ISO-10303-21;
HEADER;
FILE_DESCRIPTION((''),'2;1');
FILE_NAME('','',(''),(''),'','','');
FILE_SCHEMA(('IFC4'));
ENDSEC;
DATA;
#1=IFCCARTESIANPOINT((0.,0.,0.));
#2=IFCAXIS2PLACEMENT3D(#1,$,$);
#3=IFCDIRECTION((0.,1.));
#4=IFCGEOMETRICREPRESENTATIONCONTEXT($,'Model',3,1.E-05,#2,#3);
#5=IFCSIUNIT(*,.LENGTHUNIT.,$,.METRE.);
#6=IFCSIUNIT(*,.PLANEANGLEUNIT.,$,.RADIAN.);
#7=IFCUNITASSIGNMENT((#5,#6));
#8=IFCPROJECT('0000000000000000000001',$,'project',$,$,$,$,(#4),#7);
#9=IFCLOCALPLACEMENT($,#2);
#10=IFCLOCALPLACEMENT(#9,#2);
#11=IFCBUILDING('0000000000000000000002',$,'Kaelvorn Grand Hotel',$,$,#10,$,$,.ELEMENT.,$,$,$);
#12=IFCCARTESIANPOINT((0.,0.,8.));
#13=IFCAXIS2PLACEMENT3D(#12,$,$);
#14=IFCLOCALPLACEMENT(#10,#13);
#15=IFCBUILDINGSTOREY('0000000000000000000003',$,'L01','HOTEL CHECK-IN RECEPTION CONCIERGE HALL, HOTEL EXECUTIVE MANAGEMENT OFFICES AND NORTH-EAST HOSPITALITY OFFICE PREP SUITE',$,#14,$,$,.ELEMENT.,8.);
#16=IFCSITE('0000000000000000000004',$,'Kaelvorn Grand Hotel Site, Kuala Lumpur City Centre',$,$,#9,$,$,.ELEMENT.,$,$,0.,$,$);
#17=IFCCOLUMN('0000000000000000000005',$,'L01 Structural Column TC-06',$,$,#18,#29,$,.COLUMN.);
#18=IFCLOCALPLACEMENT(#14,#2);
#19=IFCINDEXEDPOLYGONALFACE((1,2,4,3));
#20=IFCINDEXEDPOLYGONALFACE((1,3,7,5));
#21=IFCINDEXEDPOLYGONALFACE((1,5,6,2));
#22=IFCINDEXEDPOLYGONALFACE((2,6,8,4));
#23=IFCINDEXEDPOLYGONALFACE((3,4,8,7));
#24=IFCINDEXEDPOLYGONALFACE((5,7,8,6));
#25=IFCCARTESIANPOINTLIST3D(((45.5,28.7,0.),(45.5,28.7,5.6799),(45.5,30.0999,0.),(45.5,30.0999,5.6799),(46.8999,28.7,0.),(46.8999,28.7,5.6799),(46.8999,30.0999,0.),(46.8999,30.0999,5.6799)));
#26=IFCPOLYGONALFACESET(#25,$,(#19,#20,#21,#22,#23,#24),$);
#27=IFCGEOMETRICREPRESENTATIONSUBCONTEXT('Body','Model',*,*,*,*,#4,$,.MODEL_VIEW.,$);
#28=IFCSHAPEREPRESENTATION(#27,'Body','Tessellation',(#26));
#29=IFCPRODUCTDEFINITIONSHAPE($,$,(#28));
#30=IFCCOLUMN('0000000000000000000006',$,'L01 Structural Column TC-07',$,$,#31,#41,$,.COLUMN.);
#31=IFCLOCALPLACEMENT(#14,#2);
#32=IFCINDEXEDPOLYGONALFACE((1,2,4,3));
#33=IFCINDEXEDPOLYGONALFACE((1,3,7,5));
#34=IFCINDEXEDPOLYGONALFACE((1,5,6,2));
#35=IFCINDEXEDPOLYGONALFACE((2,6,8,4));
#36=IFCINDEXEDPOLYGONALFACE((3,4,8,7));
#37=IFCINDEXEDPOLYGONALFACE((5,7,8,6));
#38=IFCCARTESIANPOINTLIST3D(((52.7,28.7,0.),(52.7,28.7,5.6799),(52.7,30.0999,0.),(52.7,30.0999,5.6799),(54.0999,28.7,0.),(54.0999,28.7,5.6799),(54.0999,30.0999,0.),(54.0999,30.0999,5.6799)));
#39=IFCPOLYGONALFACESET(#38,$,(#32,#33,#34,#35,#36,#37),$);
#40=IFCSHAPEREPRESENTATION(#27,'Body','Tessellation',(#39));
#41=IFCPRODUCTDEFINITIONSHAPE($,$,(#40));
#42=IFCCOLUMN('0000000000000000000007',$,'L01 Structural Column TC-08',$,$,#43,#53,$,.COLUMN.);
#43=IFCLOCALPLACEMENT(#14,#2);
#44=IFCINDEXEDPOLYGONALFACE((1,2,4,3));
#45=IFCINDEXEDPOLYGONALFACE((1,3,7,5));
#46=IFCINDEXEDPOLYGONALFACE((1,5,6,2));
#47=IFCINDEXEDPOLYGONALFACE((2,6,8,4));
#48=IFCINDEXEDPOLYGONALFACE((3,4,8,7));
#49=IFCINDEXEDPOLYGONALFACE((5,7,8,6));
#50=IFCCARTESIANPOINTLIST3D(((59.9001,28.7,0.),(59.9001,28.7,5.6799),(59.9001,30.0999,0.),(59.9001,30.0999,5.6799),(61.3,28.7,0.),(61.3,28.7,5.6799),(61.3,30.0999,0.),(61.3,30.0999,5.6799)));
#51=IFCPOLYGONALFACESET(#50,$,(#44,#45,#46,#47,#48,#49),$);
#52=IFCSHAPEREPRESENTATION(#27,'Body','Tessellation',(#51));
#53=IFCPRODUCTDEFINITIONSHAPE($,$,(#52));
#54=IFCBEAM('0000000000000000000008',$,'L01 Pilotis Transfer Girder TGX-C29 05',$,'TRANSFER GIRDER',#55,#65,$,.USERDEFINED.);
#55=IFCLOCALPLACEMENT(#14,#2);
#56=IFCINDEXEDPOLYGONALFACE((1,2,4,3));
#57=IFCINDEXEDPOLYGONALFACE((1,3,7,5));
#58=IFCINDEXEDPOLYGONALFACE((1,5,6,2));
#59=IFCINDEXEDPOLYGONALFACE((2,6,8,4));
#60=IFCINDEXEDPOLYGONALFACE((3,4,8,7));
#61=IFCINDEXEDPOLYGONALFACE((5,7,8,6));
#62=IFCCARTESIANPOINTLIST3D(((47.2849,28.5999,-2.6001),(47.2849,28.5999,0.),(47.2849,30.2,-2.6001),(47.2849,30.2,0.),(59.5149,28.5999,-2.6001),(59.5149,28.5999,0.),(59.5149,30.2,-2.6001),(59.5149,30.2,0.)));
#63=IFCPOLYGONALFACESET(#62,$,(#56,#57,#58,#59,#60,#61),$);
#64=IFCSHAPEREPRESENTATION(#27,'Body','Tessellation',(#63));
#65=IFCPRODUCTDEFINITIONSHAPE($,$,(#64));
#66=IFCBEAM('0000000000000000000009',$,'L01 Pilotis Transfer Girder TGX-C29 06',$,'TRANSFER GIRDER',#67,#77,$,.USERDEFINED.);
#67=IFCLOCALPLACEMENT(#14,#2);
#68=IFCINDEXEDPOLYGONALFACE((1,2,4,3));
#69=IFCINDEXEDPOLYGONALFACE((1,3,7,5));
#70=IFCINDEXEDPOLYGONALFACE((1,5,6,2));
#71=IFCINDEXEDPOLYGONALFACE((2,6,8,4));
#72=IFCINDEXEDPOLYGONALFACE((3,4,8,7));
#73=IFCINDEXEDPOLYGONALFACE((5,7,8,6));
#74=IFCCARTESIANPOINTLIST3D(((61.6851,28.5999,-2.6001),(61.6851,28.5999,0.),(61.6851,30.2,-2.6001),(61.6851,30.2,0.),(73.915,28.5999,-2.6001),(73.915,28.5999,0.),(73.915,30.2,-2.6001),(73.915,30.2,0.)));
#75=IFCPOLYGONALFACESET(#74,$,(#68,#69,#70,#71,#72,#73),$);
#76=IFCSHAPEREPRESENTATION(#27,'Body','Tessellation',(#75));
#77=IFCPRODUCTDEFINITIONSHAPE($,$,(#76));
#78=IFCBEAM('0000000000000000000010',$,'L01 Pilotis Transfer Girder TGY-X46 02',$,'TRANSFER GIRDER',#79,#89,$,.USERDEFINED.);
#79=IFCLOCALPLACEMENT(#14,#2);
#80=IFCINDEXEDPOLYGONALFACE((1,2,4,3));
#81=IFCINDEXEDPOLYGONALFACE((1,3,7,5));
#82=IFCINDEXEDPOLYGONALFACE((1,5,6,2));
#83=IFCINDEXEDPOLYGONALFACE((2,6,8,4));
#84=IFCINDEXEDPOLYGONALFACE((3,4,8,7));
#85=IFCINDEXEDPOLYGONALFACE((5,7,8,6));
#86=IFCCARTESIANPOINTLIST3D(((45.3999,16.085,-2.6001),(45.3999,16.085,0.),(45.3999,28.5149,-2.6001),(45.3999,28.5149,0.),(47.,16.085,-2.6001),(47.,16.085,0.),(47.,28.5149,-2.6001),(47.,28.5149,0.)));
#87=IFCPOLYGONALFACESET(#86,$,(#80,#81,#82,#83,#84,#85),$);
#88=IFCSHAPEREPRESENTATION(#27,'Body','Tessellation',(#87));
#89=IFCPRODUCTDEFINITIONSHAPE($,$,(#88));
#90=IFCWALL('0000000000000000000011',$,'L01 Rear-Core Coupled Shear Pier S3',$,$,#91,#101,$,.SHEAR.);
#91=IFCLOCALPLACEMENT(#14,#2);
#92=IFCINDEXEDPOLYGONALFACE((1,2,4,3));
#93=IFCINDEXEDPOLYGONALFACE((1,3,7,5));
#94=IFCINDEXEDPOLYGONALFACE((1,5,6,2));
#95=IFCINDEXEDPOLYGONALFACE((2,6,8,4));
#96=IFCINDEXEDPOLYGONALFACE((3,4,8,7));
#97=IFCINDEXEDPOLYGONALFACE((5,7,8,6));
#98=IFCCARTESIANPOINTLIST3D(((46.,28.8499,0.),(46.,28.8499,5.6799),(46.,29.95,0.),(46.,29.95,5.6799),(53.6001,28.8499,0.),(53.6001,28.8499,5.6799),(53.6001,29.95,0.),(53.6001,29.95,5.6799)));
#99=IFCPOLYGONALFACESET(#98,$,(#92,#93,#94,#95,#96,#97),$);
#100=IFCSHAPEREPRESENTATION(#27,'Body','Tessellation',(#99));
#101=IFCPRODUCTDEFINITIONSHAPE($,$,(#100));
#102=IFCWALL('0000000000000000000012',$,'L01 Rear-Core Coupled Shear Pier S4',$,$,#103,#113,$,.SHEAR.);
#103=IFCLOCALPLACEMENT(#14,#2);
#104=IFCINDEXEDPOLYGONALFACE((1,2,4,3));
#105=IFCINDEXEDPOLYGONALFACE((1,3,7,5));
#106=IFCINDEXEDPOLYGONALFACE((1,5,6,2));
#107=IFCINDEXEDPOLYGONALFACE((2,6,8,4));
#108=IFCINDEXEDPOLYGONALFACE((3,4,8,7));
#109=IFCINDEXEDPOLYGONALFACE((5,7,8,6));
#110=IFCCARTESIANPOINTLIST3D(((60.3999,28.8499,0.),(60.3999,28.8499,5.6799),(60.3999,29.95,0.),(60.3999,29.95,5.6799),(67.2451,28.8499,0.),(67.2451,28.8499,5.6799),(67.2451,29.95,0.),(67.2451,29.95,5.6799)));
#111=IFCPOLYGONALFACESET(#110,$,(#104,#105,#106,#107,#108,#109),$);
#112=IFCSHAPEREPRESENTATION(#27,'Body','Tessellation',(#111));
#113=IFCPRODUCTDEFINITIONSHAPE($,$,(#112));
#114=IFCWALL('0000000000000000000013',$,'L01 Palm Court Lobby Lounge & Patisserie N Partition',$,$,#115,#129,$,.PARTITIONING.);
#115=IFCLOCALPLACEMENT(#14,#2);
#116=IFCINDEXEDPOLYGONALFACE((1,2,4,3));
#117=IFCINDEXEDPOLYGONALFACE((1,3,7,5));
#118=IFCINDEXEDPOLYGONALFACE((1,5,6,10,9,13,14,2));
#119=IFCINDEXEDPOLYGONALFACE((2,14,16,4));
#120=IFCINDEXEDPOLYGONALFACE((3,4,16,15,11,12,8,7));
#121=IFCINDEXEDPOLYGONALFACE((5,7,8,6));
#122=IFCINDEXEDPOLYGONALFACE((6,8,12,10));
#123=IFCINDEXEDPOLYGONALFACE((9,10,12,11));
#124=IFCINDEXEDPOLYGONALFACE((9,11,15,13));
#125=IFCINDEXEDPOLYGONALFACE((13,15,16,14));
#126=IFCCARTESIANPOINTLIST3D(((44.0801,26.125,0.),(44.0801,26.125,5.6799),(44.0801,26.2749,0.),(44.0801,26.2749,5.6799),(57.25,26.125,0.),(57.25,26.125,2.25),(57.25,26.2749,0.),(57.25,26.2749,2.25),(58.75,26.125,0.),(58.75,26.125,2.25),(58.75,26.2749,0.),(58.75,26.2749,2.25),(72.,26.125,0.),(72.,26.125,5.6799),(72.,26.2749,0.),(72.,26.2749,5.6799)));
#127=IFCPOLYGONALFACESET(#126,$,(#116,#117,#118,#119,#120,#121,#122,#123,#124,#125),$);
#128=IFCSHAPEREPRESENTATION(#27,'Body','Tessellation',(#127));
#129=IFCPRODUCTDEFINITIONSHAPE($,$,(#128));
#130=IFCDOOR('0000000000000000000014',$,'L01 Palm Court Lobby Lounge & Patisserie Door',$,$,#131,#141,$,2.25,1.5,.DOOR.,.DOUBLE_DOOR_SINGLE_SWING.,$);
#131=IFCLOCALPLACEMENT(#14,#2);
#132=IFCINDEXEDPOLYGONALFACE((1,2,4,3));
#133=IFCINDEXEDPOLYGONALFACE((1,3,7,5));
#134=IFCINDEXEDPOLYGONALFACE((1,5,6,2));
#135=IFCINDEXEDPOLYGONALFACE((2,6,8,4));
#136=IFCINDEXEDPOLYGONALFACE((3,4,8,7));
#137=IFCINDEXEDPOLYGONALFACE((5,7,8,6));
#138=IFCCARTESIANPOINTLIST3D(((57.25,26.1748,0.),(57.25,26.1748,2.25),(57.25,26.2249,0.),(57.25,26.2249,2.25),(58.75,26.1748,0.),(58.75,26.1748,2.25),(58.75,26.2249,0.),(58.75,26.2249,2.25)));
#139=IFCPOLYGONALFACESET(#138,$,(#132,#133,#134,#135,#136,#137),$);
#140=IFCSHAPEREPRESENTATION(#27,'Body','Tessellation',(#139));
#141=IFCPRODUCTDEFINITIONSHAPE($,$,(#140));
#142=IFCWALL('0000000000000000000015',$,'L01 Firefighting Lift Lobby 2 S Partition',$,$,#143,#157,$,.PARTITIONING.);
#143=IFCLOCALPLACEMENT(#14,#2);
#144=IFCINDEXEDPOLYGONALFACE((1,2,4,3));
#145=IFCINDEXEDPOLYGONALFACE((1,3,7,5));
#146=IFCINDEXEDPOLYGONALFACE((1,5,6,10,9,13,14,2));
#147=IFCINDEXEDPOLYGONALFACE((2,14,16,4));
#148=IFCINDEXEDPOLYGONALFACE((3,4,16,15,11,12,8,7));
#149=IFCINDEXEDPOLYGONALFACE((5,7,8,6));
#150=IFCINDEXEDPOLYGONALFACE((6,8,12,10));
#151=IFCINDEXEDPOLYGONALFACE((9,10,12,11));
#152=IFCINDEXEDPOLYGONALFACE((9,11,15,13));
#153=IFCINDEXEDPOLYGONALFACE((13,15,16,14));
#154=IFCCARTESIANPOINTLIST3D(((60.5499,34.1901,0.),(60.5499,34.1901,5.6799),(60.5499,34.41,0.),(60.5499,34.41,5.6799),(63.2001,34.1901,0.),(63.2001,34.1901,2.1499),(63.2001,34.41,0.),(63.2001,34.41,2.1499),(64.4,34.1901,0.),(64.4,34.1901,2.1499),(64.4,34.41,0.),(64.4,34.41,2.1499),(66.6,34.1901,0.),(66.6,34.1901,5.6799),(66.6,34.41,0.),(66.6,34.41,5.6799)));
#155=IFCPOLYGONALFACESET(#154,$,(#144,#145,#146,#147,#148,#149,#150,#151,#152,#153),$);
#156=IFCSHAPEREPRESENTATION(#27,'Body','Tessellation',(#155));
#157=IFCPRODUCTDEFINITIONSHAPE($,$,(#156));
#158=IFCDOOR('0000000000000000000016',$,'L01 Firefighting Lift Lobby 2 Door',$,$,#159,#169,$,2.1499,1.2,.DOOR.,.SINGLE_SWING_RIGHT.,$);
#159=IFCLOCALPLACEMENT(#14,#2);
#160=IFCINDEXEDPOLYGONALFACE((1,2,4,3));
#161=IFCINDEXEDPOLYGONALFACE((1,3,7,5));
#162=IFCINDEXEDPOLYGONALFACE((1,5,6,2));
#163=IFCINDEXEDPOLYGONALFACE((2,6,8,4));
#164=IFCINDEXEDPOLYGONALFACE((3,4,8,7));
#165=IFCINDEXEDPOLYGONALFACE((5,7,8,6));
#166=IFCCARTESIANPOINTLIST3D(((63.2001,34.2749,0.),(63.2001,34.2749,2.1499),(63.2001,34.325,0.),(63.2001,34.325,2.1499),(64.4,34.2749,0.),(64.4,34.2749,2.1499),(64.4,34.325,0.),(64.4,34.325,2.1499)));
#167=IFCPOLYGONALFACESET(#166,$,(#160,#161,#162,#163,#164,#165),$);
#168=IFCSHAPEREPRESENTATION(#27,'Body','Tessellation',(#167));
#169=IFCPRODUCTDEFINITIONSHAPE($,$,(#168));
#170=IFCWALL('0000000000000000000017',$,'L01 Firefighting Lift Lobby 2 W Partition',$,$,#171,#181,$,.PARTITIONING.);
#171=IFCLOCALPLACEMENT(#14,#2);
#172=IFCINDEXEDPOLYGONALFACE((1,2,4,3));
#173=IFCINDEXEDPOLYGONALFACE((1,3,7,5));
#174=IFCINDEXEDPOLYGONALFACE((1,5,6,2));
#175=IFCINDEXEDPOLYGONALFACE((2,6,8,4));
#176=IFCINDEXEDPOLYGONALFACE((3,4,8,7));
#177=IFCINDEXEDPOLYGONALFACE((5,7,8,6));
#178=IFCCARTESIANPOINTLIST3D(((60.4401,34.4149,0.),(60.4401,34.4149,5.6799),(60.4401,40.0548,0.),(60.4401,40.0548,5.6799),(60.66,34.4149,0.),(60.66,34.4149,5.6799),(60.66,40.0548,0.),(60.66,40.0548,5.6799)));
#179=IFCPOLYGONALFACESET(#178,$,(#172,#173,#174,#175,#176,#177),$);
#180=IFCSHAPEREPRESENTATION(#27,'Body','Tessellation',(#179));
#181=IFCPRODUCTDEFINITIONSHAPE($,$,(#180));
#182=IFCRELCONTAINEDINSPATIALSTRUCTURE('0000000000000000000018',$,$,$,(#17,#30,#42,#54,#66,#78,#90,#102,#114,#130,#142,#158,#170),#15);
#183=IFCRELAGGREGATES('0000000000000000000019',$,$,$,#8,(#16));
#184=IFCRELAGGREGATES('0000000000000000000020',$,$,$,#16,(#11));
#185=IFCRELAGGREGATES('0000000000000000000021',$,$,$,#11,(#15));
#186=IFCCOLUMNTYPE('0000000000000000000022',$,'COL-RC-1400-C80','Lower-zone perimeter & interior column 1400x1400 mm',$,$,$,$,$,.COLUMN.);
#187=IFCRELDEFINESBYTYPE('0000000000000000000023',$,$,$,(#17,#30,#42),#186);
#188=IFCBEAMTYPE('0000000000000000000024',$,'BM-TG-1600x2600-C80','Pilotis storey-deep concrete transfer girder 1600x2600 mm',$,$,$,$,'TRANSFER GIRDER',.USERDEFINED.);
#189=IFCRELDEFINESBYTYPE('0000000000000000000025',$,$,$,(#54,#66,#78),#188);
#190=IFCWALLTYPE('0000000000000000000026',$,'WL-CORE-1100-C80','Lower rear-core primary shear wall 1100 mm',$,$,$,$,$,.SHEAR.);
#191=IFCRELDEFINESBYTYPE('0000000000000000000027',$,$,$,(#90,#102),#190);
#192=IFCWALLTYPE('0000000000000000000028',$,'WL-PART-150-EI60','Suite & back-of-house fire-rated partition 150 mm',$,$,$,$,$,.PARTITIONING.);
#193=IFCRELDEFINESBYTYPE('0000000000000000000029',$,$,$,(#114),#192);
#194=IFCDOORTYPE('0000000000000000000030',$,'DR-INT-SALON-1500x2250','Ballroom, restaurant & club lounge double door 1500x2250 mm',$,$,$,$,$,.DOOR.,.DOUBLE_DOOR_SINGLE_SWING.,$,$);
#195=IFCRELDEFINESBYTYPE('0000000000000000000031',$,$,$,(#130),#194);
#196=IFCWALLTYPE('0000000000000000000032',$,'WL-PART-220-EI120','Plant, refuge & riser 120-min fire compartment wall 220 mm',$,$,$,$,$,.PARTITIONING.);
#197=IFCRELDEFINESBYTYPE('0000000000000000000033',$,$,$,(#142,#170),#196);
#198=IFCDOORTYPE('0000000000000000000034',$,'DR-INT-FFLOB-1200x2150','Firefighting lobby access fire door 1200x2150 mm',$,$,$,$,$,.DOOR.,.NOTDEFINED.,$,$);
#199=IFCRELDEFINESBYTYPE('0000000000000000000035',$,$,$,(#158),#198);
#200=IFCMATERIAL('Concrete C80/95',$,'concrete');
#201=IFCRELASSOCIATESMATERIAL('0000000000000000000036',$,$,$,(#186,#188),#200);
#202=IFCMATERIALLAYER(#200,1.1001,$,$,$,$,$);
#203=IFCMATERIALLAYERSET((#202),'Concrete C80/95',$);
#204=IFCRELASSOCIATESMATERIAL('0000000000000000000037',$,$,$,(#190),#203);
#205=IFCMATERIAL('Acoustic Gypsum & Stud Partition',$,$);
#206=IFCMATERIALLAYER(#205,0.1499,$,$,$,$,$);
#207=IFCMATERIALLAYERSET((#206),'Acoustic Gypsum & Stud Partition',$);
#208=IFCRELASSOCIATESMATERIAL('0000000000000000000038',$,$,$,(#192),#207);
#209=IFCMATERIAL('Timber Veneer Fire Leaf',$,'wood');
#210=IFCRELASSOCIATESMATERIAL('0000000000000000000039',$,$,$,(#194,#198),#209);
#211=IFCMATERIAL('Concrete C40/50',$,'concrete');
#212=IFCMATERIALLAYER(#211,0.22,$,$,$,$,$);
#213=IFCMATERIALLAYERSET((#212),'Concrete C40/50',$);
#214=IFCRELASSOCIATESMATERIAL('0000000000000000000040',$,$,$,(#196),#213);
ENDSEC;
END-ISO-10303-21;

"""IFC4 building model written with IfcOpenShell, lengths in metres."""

from ifc_helpers import new_model, si_unit, direction, frame, frame_2d, origin, origin_2d, place, context, subcontext, project, spatial, rectangle, extrude, material, layer, layer_set, material_profile, profile_set, type_object, element, fill, save


model = new_model("IFC4")

# Units and contexts
model_context = context("Model", 3, precision=1e-05, world=origin(), true_north=direction((0.0, 1.0)))
body_context = subcontext(model_context, "Body", "Model", "MODEL_VIEW")
ifc_project = project(units=[si_unit("LENGTHUNIT", "METRE"), si_unit("PLANEANGLEUNIT", "RADIAN")], contexts=[model_context])

# Site, building, storey
site_placement = place(None, origin())
site = spatial("IfcSite", under=ifc_project, at=site_placement, Name="Kaelvorn Grand Hotel Site, Kuala Lumpur City Centre", CompositionType="ELEMENT", RefElevation=0.0)
building_placement = place(site_placement, origin())
building = spatial("IfcBuilding", under=site, at=building_placement, Name="Kaelvorn Grand Hotel", CompositionType="ELEMENT")
storey_placement = place(building_placement, frame((0.0, 0.0, 8.0)))
storey = spatial("IfcBuildingStorey", under=building, at=storey_placement, Name="L01", Description="HOTEL CHECK-IN RECEPTION CONCIERGE HALL, HOTEL EXECUTIVE MANAGEMENT OFFICES AND NORTH-EAST HOSPITALITY OFFICE PREP SUITE", CompositionType="ELEMENT", Elevation=8.0)

# Columns
ifc_material_1 = material(Name="Concrete C80/95", Category="concrete")
ifc_material_profile_1 = material_profile(ifc_material_1, rectangle(XDim=1.3999, YDim=1.3999, at=origin_2d()), Name="RC COL 1400x1400")
ifc_profile_set_1 = profile_set([ifc_material_profile_1], Name="Concrete C80/95")
column_type = type_object("IfcColumnType", Name="COL-RC-1400-C80", Description="Lower-zone perimeter & interior column 1400x1400 mm", PredefinedType="COLUMN", material=ifc_profile_set_1)
for number, where, z_axis, x_axis, name in (
    (1, (46.2, 29.3999, 0.0), (0.0, 0.0, 1.0), (1.0, 0.0, 0.0), "L01 Structural Column TC-06"),
    (2, (53.3999, 29.3999, 0.0), (0.0, 0.0, 1.0), (1.0, 0.0, 0.0), "L01 Structural Column TC-07"),
    (3, (60.6001, 29.3999, 0.0), (0.0, 0.0, 1.0), (1.0, 0.0, 0.0), "L01 Structural Column TC-08"),
):
    element("IfcColumn", number, at=place(storey_placement, frame(where, z_axis=z_axis, x_axis=x_axis)), inside=storey, type_object=column_type, Name=name, PredefinedType="COLUMN", context=body_context, shape_type="SweptSolid", body=[
        extrude(rectangle(XDim=1.3999, YDim=1.3999, at=origin_2d()), origin(), (0.0, 0.0, 1.0), 5.6799),
    ])

# Beams
ifc_material_profile_2 = material_profile(ifc_material_1, rectangle(XDim=1.6001, YDim=2.6001, at=origin_2d()), Name="RC TG 1600x2600")
ifc_profile_set_2 = profile_set([ifc_material_profile_2], Name="Concrete C80/95")
beam_type = type_object("IfcBeamType", Name="BM-TG-1600x2600-C80", Description="Pilotis storey-deep concrete transfer girder 1600x2600 mm", ElementType="TRANSFER GIRDER", PredefinedType="USERDEFINED", material=ifc_profile_set_2)
for number, where, z_axis, x_axis, name in (
    (4, (47.2849, 29.3999, -1.3), (1.0, 0.0, 0.0), (0.0, 1.0, 0.0), "L01 Pilotis Transfer Girder TGX-C29 05"),
    (5, (61.6851, 29.3999, -1.3), (1.0, 0.0, 0.0), (0.0, 1.0, 0.0), "L01 Pilotis Transfer Girder TGX-C29 06"),
):
    element("IfcBeam", number, at=place(storey_placement, frame(where, z_axis=z_axis, x_axis=x_axis)), inside=storey, type_object=beam_type, Name=name, ObjectType="TRANSFER GIRDER", PredefinedType="USERDEFINED", context=body_context, shape_type="SweptSolid", body=[
        extrude(rectangle(XDim=1.6001, YDim=2.6001, at=origin_2d()), origin(), (0.0, 0.0, 1.0), 12.23),
    ])
beam_placement = place(storey_placement, frame((46.2, 16.085, -1.3), z_axis=(0.0, 1.0, 0.0), x_axis=(-1.0, 0.0, 0.0)))
element("IfcBeam", 6, at=beam_placement, inside=storey, type_object=beam_type, Name="L01 Pilotis Transfer Girder TGY-X46 02", ObjectType="TRANSFER GIRDER", PredefinedType="USERDEFINED", context=body_context, shape_type="SweptSolid", body=[
    extrude(rectangle(XDim=1.6001, YDim=2.6001, at=origin_2d()), origin(), (0.0, 0.0, 1.0), 12.4299),
])

# Walls
ifc_layer_1 = layer(ifc_material_1, 1.1001)
ifc_layer_set_1 = layer_set([ifc_layer_1], Name="Concrete C80/95")
wall_type_1 = type_object("IfcWallType", Name="WL-CORE-1100-C80", Description="Lower rear-core primary shear wall 1100 mm", PredefinedType="SHEAR", material=ifc_layer_set_1)
wall_1_placement = place(storey_placement, frame((46.0, 29.3999, 0.0), z_axis=(0.0, 0.0, 1.0), x_axis=(1.0, 0.0, 0.0)))
element("IfcWall", 7, at=wall_1_placement, inside=storey, type_object=wall_type_1, Name="L01 Rear-Core Coupled Shear Pier S3", PredefinedType="SHEAR", context=body_context, shape_type="SweptSolid", body=[
    extrude(rectangle(XDim=7.6001, YDim=1.1001, at=frame_2d((3.8, 0.0))), origin(), (0.0, 0.0, 1.0), 5.6799),
])
wall_2_placement = place(storey_placement, frame((60.3999, 29.3999, 0.0), z_axis=(0.0, 0.0, 1.0), x_axis=(1.0, 0.0, 0.0)))
element("IfcWall", 8, at=wall_2_placement, inside=storey, type_object=wall_type_1, Name="L01 Rear-Core Coupled Shear Pier S4", PredefinedType="SHEAR", context=body_context, shape_type="SweptSolid", body=[
    extrude(rectangle(XDim=6.8452, YDim=1.1001, at=frame_2d((3.4226, 0.0))), origin(), (0.0, 0.0, 1.0), 5.6799),
])

# Walls, openings, doors
ifc_material_2 = material(Name="Acoustic Gypsum & Stud Partition")
ifc_layer_2 = layer(ifc_material_2, 0.1499)
ifc_layer_set_2 = layer_set([ifc_layer_2], Name="Acoustic Gypsum & Stud Partition")
wall_type_2 = type_object("IfcWallType", Name="WL-PART-150-EI60", Description="Suite & back-of-house fire-rated partition 150 mm", PredefinedType="PARTITIONING", material=ifc_layer_set_2)
wall_3_placement = place(storey_placement, frame((44.0801, 26.2, 0.0), z_axis=(0.0, 0.0, 1.0), x_axis=(1.0, 0.0, 0.0)))
wall_3 = element("IfcWall", 9, at=wall_3_placement, inside=storey, type_object=wall_type_2, Name="L01 Palm Court Lobby Lounge & Patisserie N Partition", PredefinedType="PARTITIONING", context=body_context, shape_type="SweptSolid", body=[
    extrude(rectangle(XDim=27.9199, YDim=0.1499, at=frame_2d((13.96, 0.0))), origin(), (0.0, 0.0, 1.0), 5.6799),
])
opening_1_placement = place(wall_3_placement, frame((13.1699, 0.0, 0.0)))
opening_1 = element("IfcOpeningElement", 10, at=opening_1_placement, cuts=wall_3, PredefinedType="OPENING", context=body_context, shape_type="SweptSolid", body=[
    extrude(rectangle(XDim=1.5, YDim=2.25, at=frame_2d((0.75, 1.125))), frame((0.0, 0.085, 0.0), z_axis=(0.0, -1.0, 0.0), x_axis=(1.0, 0.0, 0.0)), (0.0, 0.0, 1.0), 0.1699),
])
ifc_material_3 = material(Name="Timber Veneer Fire Leaf", Category="wood")
door_type_1 = type_object("IfcDoorType", Name="DR-INT-SALON-1500x2250", Description="Ballroom, restaurant & club lounge double door 1500x2250 mm", OperationType="DOUBLE_DOOR_SINGLE_SWING", PredefinedType="DOOR", material=ifc_material_3)
door_1_placement = place(opening_1_placement, origin())
door_1 = element("IfcDoor", 11, at=door_1_placement, inside=storey, type_object=door_type_1, Name="L01 Palm Court Lobby Lounge & Patisserie Door", OperationType="DOUBLE_DOOR_SINGLE_SWING", OverallHeight=2.25, OverallWidth=1.5, PredefinedType="DOOR", context=body_context, shape_type="SweptSolid", body=[
    extrude(rectangle(XDim=1.5, YDim=2.25, at=frame_2d((0.75, 1.125))), frame((0.0, 0.0249, 0.0), z_axis=(0.0, -1.0, 0.0), x_axis=(1.0, 0.0, 0.0)), (0.0, 0.0, 1.0), 0.05),
])
fill(opening_1, door_1)
ifc_material_4 = material(Name="Concrete C40/50", Category="concrete")
ifc_layer_3 = layer(ifc_material_4, 0.22)
ifc_layer_set_3 = layer_set([ifc_layer_3], Name="Concrete C40/50")
wall_type_3 = type_object("IfcWallType", Name="WL-PART-220-EI120", Description="Plant, refuge & riser 120-min fire compartment wall 220 mm", PredefinedType="PARTITIONING", material=ifc_layer_set_3)
wall_4_placement = place(storey_placement, frame((60.55, 34.3, 0.0), z_axis=(0.0, 0.0, 1.0), x_axis=(1.0, 0.0, 0.0)))
wall_4 = element("IfcWall", 12, at=wall_4_placement, inside=storey, type_object=wall_type_3, Name="L01 Firefighting Lift Lobby 2 S Partition", PredefinedType="PARTITIONING", context=body_context, shape_type="SweptSolid", body=[
    extrude(rectangle(XDim=6.05, YDim=0.22, at=frame_2d((3.0249, 0.0))), origin(), (0.0, 0.0, 1.0), 5.6799),
])
opening_2_placement = place(wall_4_placement, frame((2.6499, 0.0, 0.0)))
opening_2 = element("IfcOpeningElement", 13, at=opening_2_placement, cuts=wall_4, PredefinedType="OPENING", context=body_context, shape_type="SweptSolid", body=[
    extrude(rectangle(XDim=1.2, YDim=2.1499, at=frame_2d((0.6001, 1.075))), frame((0.0, 0.1201, 0.0), z_axis=(0.0, -1.0, 0.0), x_axis=(1.0, 0.0, 0.0)), (0.0, 0.0, 1.0), 0.24),
])
door_type_2 = type_object("IfcDoorType", Name="DR-INT-FFLOB-1200x2150", Description="Firefighting lobby access fire door 1200x2150 mm", OperationType="NOTDEFINED", PredefinedType="DOOR", material=ifc_material_3)
door_2_placement = place(opening_2_placement, origin())
door_2 = element("IfcDoor", 14, at=door_2_placement, inside=storey, type_object=door_type_2, Name="L01 Firefighting Lift Lobby 2 Door", OperationType="SINGLE_SWING_RIGHT", OverallHeight=2.1499, OverallWidth=1.2, PredefinedType="DOOR", context=body_context, shape_type="SweptSolid", body=[
    extrude(rectangle(XDim=1.2, YDim=2.1499, at=frame_2d((0.6001, 1.075))), frame((0.0, 0.0249, 0.0), z_axis=(0.0, -1.0, 0.0), x_axis=(1.0, 0.0, 0.0)), (0.0, 0.0, 1.0), 0.05),
])
fill(opening_2, door_2)

# Wall
wall_5_placement = place(storey_placement, frame((60.55, 34.415, 0.0), z_axis=(0.0, 0.0, 1.0), x_axis=(0.0, 1.0, 0.0)))
element("IfcWall", 15, at=wall_5_placement, inside=storey, type_object=wall_type_3, Name="L01 Firefighting Lift Lobby 2 W Partition", PredefinedType="PARTITIONING", context=body_context, shape_type="SweptSolid", body=[
    extrude(rectangle(XDim=5.6399, YDim=0.22, at=frame_2d((2.8198, 0.0))), origin(), (0.0, 0.0, 1.0), 5.6799),
])

save(model, "model.ifc")
